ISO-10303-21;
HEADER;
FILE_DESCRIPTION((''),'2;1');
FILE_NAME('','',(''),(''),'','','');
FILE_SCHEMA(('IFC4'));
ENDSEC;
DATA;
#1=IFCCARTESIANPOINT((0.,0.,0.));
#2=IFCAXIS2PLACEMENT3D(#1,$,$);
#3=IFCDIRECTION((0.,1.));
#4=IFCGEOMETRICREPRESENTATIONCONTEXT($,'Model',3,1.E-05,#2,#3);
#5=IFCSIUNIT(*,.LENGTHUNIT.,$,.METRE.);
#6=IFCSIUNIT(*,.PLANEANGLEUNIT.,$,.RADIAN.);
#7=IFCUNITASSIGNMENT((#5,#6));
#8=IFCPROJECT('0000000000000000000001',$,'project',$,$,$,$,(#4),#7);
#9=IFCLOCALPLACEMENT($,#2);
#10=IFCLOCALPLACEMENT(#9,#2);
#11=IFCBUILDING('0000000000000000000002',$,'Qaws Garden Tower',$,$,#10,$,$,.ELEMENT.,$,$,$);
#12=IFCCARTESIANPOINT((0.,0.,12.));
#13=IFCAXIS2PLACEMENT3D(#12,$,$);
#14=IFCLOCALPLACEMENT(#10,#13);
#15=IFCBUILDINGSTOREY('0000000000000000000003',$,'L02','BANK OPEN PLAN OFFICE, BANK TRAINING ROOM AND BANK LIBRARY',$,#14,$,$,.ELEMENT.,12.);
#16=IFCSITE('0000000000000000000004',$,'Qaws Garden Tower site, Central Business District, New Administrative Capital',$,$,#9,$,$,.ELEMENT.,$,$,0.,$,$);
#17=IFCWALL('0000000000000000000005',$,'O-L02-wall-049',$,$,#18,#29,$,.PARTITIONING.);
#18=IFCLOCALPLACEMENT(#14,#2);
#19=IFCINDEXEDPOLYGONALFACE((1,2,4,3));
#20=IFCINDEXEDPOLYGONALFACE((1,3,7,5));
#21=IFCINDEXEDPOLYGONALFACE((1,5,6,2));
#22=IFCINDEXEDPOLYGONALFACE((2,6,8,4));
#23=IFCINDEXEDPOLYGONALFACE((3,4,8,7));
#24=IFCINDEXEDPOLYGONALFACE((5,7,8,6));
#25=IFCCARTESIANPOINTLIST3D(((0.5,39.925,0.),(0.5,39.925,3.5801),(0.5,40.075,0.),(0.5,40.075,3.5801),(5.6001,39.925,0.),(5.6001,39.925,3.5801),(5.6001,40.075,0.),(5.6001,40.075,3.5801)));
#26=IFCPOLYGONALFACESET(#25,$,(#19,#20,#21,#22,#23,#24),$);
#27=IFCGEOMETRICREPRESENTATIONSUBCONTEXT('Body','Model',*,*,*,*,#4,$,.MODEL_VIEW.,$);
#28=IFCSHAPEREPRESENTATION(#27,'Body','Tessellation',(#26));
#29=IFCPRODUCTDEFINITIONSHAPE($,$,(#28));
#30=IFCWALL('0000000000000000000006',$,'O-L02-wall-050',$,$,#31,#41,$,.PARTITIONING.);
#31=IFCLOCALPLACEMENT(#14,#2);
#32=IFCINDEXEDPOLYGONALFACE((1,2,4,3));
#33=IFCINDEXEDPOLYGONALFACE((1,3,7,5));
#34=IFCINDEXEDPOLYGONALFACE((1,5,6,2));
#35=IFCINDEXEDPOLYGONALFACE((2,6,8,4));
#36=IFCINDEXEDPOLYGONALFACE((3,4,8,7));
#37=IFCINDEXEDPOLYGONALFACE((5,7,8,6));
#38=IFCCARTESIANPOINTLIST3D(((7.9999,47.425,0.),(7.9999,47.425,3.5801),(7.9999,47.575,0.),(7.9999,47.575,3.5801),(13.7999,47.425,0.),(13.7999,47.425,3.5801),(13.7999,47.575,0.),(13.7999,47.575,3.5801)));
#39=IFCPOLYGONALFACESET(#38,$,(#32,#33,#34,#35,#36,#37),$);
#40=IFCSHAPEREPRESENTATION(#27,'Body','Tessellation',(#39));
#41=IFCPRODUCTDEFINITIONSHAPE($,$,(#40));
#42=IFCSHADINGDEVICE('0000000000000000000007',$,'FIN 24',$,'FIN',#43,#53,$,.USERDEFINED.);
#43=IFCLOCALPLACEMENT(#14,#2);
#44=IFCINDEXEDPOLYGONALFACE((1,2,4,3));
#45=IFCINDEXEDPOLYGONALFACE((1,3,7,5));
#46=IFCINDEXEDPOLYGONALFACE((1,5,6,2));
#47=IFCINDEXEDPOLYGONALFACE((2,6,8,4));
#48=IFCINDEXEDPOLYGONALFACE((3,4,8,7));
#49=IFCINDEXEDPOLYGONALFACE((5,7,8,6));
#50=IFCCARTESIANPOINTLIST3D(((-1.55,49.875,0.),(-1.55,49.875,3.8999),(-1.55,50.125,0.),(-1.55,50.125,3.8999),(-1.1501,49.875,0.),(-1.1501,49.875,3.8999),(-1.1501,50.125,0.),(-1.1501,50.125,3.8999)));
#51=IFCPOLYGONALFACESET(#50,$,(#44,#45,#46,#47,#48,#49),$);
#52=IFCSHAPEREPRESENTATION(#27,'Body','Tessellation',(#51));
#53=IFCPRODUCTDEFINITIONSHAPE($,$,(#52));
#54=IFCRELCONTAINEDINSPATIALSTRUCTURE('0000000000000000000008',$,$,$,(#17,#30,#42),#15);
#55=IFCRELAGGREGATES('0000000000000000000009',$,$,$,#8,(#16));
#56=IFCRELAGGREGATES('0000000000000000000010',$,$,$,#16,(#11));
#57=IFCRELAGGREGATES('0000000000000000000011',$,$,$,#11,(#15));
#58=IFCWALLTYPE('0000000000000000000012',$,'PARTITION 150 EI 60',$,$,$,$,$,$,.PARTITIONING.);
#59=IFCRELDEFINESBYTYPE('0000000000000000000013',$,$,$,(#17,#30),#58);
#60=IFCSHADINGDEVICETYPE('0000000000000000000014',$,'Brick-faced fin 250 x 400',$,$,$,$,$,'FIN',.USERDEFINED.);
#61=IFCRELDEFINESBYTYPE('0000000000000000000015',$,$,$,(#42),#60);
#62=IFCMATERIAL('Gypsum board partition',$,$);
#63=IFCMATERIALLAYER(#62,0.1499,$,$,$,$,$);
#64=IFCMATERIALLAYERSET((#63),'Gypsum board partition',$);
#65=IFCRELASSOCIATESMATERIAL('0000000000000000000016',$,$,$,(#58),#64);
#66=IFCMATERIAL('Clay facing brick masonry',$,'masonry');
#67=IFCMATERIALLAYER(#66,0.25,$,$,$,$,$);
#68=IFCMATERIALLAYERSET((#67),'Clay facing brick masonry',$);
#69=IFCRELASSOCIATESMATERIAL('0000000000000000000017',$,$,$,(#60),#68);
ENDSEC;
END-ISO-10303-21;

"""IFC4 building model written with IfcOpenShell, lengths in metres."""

from ifc_helpers import new_model, si_unit, direction, frame, frame_2d, origin, origin_2d, place, context, subcontext, project, spatial, rectangle, extrude, material, layer, layer_set, type_object, element, save


model = new_model("IFC4")

# Units and contexts
model_context = context("Model", 3, precision=1e-05, world=origin(), true_north=direction((0.0, 1.0)))
body_context = subcontext(model_context, "Body", "Model", "MODEL_VIEW")
ifc_project = project(units=[si_unit("LENGTHUNIT", "METRE"), si_unit("PLANEANGLEUNIT", "RADIAN")], contexts=[model_context])

# Site, building, storey
site_placement = place(None, origin())
site = spatial("IfcSite", under=ifc_project, at=site_placement, Name="Qaws Garden Tower site, Central Business District, New Administrative Capital", CompositionType="ELEMENT", RefElevation=0.0)
building_placement = place(site_placement, origin())
building = spatial("IfcBuilding", under=site, at=building_placement, Name="Qaws Garden Tower", CompositionType="ELEMENT")
storey_placement = place(building_placement, frame((0.0, 0.0, 12.0)))
storey = spatial("IfcBuildingStorey", under=building, at=storey_placement, Name="L02", Description="BANK OPEN PLAN OFFICE, BANK TRAINING ROOM AND BANK LIBRARY", CompositionType="ELEMENT", Elevation=12.0)

# Shared definitions
ifc_material_1 = material(Name="Gypsum board partition")
ifc_layer_1 = layer(ifc_material_1, 0.1499)
ifc_layer_set_1 = layer_set([ifc_layer_1], Name="Gypsum board partition")
wall_type_1 = type_object("IfcWallType", Name="PARTITION 150 EI 60", PredefinedType="PARTITIONING", material=ifc_layer_set_1)

# Walls
wall_1_placement = place(storey_placement, frame((0.5, 40.0, 0.0), z_axis=(0.0, 0.0, 1.0), x_axis=(1.0, 0.0, 0.0)))
element("IfcWall", 1, at=wall_1_placement, inside=storey, type_object=wall_type_1, Name="O-L02-wall-049", PredefinedType="PARTITIONING", context=body_context, shape_type="SweptSolid", body=[
    extrude(rectangle(XDim=5.1001, YDim=0.1499, at=frame_2d((2.55, 0.0))), origin(), (0.0, 0.0, 1.0), 3.5801),
])
wall_2_placement = place(storey_placement, frame((8.0, 47.5, 0.0), z_axis=(0.0, 0.0, 1.0), x_axis=(1.0, 0.0, 0.0)))
element("IfcWall", 2, at=wall_2_placement, inside=storey, type_object=wall_type_1, Name="O-L02-wall-050", PredefinedType="PARTITIONING", context=body_context, shape_type="SweptSolid", body=[
    extrude(rectangle(XDim=5.8, YDim=0.1499, at=frame_2d((2.8999, 0.0))), origin(), (0.0, 0.0, 1.0), 3.5801),
])

# Shading device
ifc_material_2 = material(Name="Clay facing brick masonry", Category="masonry")
ifc_layer_2 = layer(ifc_material_2, 0.25)
ifc_layer_set_2 = layer_set([ifc_layer_2], Name="Clay facing brick masonry")
shading_device_type = type_object("IfcShadingDeviceType", Name="Brick-faced fin 250 x 400", ElementType="FIN", PredefinedType="USERDEFINED", material=ifc_layer_set_2)
shading_device_placement = place(storey_placement, frame((-1.3501, 50.0, 0.0), z_axis=(0.0, 0.0, 1.0), x_axis=(0.0, -1.0, 0.0)))
element("IfcShadingDevice", 3, at=shading_device_placement, inside=storey, type_object=shading_device_type, Name="FIN 24", ObjectType="FIN", PredefinedType="USERDEFINED", context=body_context, shape_type="SweptSolid", body=[
    extrude(rectangle(XDim=0.25, YDim=0.3999, at=origin_2d()), origin(), (0.0, 0.0, 1.0), 3.8999),
])

save(model, "model.ifc")
